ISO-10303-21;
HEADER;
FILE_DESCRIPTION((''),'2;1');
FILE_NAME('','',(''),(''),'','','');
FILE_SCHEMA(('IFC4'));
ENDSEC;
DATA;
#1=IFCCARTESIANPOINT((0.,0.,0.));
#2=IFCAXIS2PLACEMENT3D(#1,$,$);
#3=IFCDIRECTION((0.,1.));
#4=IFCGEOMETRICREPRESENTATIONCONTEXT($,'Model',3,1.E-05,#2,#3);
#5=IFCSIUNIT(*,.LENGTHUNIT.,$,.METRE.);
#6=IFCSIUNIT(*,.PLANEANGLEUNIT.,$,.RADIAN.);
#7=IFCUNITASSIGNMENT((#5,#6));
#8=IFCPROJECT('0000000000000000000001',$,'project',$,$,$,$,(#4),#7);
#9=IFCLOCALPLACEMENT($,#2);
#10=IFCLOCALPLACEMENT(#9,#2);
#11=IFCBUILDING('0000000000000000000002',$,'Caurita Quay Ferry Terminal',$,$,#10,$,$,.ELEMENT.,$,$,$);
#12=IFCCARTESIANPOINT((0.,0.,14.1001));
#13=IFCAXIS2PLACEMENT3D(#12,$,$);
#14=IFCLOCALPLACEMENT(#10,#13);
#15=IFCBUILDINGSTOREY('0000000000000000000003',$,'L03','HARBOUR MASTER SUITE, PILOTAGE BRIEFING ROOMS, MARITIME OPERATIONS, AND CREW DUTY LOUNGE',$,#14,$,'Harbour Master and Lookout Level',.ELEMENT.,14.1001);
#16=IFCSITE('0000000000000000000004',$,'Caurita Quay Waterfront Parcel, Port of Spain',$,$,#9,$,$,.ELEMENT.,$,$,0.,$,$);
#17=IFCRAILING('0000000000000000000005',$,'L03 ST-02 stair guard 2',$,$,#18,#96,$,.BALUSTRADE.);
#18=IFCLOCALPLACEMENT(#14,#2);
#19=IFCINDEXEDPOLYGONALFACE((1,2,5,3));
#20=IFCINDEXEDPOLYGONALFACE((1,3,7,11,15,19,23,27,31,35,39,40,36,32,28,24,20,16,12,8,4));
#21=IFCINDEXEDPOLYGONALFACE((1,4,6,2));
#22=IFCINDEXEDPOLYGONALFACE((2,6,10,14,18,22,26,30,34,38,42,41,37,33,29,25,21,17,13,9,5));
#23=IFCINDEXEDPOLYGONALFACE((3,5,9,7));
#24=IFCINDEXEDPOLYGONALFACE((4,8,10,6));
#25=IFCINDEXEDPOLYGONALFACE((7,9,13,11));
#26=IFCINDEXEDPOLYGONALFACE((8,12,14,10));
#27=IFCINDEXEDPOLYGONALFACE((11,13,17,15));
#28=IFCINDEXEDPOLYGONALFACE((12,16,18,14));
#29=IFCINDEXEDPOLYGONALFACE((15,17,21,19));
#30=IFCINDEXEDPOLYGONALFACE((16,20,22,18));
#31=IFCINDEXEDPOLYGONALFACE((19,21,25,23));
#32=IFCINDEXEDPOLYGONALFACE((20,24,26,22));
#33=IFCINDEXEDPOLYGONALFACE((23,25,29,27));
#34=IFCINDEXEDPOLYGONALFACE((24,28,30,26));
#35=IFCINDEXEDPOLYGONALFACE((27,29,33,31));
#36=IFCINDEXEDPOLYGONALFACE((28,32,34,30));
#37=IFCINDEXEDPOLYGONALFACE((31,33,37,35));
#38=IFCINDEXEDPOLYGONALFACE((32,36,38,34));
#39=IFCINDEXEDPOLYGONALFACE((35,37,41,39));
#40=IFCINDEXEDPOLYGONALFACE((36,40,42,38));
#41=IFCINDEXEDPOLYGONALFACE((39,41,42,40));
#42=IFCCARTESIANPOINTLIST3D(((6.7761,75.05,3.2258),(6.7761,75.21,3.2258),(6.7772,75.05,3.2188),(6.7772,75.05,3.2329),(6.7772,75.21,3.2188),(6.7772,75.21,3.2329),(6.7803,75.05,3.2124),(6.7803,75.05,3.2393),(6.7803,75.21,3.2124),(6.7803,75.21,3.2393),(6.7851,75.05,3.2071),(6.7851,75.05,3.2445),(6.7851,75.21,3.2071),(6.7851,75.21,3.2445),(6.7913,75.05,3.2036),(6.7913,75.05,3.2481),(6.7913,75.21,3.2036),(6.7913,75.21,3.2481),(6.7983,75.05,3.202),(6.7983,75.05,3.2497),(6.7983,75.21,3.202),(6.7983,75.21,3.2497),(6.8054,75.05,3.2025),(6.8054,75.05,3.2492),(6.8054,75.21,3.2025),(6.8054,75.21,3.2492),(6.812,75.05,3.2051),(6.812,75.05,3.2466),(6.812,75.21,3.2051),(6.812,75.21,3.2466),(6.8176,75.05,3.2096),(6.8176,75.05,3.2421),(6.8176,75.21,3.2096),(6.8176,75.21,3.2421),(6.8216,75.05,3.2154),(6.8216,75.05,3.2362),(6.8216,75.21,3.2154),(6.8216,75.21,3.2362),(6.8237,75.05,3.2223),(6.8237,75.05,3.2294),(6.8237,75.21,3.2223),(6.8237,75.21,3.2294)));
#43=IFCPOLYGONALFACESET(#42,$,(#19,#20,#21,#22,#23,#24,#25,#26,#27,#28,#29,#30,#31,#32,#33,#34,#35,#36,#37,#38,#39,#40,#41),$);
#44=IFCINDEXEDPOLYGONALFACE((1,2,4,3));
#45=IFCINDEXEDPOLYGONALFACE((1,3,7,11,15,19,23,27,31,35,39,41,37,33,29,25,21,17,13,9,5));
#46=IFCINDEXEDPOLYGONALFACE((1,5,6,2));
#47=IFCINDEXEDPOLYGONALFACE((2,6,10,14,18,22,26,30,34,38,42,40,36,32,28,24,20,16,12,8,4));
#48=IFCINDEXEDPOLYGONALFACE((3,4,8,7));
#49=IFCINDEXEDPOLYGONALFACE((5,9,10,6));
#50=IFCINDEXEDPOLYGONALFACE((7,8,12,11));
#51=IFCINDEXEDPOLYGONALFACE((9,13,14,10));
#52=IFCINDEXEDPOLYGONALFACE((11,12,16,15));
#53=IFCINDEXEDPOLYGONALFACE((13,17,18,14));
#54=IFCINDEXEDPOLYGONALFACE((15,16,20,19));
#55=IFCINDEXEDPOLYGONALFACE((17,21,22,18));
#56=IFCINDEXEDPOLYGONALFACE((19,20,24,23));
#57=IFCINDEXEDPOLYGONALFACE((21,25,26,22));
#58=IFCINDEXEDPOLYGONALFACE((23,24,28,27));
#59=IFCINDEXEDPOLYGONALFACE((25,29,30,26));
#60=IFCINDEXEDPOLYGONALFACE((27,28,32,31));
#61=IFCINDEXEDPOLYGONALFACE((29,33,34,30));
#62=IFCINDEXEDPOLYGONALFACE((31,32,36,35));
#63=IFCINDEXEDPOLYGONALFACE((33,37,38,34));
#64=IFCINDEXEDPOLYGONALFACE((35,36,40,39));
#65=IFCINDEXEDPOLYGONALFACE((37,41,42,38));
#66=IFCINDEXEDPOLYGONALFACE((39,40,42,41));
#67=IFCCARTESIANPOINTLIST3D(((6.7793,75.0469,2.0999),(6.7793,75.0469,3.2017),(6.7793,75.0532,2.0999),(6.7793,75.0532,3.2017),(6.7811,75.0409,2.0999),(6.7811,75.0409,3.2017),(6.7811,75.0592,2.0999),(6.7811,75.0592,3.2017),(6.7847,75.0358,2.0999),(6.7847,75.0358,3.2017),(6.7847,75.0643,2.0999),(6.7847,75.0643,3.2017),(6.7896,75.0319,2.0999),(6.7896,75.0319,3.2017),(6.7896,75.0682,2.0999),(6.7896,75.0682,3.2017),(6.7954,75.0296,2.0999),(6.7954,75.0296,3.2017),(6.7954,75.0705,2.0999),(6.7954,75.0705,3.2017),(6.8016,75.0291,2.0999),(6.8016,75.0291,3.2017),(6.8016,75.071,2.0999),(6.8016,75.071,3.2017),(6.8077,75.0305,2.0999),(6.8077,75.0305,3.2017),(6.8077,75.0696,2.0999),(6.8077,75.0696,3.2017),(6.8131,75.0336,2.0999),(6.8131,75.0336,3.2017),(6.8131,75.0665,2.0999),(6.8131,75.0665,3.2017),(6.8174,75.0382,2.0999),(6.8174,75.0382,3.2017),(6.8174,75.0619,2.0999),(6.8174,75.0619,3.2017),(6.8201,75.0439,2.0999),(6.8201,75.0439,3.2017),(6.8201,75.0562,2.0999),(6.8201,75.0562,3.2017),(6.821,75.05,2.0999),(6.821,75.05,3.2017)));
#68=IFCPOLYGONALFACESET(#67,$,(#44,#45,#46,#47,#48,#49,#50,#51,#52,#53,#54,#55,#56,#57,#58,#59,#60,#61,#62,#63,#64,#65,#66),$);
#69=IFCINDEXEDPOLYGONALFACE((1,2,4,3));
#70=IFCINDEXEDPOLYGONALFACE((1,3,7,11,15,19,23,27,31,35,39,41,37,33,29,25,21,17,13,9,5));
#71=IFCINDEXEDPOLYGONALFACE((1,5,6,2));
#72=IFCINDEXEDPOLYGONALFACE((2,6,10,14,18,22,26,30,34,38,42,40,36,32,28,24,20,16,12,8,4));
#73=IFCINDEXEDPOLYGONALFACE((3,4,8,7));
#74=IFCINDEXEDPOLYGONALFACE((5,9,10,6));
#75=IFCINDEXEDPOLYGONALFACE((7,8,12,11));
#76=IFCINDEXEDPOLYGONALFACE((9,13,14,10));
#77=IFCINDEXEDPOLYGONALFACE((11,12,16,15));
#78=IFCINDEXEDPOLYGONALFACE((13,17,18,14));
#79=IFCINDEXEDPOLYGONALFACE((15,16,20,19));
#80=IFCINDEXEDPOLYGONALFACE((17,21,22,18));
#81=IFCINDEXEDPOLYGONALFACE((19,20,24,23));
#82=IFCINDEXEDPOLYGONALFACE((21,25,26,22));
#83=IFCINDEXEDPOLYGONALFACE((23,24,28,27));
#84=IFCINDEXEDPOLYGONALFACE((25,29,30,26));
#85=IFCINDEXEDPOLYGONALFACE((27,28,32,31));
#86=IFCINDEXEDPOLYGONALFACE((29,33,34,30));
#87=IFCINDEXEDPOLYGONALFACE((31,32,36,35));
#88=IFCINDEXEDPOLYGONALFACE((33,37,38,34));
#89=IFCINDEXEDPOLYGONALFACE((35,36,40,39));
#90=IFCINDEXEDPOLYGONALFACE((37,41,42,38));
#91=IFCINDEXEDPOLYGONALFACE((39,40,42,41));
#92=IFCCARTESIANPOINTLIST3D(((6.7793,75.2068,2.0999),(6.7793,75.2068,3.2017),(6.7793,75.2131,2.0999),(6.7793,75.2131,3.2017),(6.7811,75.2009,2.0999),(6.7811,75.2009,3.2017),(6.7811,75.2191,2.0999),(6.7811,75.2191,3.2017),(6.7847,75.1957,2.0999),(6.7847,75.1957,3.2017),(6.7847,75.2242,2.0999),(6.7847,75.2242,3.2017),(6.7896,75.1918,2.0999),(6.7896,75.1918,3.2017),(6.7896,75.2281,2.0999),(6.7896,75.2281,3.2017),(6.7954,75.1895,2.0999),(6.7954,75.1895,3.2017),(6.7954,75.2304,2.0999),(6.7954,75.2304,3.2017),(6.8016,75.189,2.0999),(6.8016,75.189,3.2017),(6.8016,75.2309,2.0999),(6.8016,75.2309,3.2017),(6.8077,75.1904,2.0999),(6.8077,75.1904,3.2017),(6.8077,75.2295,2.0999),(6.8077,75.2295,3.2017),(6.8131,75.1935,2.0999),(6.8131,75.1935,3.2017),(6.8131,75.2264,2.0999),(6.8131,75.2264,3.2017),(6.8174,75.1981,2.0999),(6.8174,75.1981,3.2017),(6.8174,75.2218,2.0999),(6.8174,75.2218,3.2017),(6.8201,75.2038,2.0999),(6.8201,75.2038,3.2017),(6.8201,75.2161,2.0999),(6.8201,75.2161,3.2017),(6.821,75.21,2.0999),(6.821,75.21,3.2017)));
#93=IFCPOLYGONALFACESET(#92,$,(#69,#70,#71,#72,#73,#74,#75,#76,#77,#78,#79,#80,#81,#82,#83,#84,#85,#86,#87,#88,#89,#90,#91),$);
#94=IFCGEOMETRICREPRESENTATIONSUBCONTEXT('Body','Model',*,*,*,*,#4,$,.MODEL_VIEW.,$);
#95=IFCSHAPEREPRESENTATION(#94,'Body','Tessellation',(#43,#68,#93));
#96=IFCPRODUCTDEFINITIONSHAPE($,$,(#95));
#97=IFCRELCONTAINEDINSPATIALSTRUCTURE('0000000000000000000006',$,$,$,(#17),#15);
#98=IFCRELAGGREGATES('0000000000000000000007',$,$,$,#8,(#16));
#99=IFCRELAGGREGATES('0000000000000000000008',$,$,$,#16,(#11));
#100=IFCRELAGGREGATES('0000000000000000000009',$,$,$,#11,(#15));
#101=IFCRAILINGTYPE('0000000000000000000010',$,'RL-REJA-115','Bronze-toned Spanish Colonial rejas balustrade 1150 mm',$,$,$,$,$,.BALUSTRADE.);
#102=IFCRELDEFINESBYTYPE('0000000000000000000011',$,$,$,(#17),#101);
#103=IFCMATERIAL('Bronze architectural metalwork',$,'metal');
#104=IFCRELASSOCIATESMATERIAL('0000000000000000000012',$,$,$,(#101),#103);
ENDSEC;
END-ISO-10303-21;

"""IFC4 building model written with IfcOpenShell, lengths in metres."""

from ifc_helpers import new_model, si_unit, direction, frame, origin, origin_2d, place, context, subcontext, project, spatial, circle, extrude, material, type_object, element, save


model = new_model("IFC4")

# Units and contexts
model_context = context("Model", 3, precision=1e-05, world=origin(), true_north=direction((0.0, 1.0)))
body_context = subcontext(model_context, "Body", "Model", "MODEL_VIEW")
ifc_project = project(units=[si_unit("LENGTHUNIT", "METRE"), si_unit("PLANEANGLEUNIT", "RADIAN")], contexts=[model_context])

# Site, building, storey
site_placement = place(None, origin())
site = spatial("IfcSite", under=ifc_project, at=site_placement, Name="Caurita Quay Waterfront Parcel, Port of Spain", CompositionType="ELEMENT", RefElevation=0.0)
building_placement = place(site_placement, origin())
building = spatial("IfcBuilding", under=site, at=building_placement, Name="Caurita Quay Ferry Terminal", CompositionType="ELEMENT")
storey_placement = place(building_placement, frame((0.0, 0.0, 14.1001)))
storey = spatial("IfcBuildingStorey", under=building, at=storey_placement, Name="L03", Description="HARBOUR MASTER SUITE, PILOTAGE BRIEFING ROOMS, MARITIME OPERATIONS, AND CREW DUTY LOUNGE", LongName="Harbour Master and Lookout Level", CompositionType="ELEMENT", Elevation=14.1001)

# Railing
ifc_material_1 = material(Name="Bronze architectural metalwork", Category="metal")
railing_type = type_object("IfcRailingType", Name="RL-REJA-115", Description="Bronze-toned Spanish Colonial rejas balustrade 1150 mm", PredefinedType="BALUSTRADE", material=ifc_material_1)
railing_1_placement = place(storey_placement, frame((6.8, 75.05, 2.0999)))
element("IfcRailing", 1, at=railing_1_placement, inside=storey, type_object=railing_type, Name="L03 ST-02 stair guard 2", PredefinedType="BALUSTRADE", context=body_context, shape_type="SweptSolid", body=[
    extrude(circle(Radius=0.0239, at=origin_2d()), frame((0.0, 0.0, 1.126), z_axis=(0.0, 1.0, 0.0), x_axis=(-1.0, 0.0, 0.0)), (0.0, 0.0, 1.0), 0.1599),
    extrude(circle(Radius=0.021, at=origin_2d()), origin(), (0.0, 0.0, 1.0), 1.1018),
    extrude(circle(Radius=0.021, at=origin_2d()), frame((0.0, 0.1599, 0.0)), (0.0, 0.0, 1.0), 1.1018),
])

save(model, "model.ifc")
